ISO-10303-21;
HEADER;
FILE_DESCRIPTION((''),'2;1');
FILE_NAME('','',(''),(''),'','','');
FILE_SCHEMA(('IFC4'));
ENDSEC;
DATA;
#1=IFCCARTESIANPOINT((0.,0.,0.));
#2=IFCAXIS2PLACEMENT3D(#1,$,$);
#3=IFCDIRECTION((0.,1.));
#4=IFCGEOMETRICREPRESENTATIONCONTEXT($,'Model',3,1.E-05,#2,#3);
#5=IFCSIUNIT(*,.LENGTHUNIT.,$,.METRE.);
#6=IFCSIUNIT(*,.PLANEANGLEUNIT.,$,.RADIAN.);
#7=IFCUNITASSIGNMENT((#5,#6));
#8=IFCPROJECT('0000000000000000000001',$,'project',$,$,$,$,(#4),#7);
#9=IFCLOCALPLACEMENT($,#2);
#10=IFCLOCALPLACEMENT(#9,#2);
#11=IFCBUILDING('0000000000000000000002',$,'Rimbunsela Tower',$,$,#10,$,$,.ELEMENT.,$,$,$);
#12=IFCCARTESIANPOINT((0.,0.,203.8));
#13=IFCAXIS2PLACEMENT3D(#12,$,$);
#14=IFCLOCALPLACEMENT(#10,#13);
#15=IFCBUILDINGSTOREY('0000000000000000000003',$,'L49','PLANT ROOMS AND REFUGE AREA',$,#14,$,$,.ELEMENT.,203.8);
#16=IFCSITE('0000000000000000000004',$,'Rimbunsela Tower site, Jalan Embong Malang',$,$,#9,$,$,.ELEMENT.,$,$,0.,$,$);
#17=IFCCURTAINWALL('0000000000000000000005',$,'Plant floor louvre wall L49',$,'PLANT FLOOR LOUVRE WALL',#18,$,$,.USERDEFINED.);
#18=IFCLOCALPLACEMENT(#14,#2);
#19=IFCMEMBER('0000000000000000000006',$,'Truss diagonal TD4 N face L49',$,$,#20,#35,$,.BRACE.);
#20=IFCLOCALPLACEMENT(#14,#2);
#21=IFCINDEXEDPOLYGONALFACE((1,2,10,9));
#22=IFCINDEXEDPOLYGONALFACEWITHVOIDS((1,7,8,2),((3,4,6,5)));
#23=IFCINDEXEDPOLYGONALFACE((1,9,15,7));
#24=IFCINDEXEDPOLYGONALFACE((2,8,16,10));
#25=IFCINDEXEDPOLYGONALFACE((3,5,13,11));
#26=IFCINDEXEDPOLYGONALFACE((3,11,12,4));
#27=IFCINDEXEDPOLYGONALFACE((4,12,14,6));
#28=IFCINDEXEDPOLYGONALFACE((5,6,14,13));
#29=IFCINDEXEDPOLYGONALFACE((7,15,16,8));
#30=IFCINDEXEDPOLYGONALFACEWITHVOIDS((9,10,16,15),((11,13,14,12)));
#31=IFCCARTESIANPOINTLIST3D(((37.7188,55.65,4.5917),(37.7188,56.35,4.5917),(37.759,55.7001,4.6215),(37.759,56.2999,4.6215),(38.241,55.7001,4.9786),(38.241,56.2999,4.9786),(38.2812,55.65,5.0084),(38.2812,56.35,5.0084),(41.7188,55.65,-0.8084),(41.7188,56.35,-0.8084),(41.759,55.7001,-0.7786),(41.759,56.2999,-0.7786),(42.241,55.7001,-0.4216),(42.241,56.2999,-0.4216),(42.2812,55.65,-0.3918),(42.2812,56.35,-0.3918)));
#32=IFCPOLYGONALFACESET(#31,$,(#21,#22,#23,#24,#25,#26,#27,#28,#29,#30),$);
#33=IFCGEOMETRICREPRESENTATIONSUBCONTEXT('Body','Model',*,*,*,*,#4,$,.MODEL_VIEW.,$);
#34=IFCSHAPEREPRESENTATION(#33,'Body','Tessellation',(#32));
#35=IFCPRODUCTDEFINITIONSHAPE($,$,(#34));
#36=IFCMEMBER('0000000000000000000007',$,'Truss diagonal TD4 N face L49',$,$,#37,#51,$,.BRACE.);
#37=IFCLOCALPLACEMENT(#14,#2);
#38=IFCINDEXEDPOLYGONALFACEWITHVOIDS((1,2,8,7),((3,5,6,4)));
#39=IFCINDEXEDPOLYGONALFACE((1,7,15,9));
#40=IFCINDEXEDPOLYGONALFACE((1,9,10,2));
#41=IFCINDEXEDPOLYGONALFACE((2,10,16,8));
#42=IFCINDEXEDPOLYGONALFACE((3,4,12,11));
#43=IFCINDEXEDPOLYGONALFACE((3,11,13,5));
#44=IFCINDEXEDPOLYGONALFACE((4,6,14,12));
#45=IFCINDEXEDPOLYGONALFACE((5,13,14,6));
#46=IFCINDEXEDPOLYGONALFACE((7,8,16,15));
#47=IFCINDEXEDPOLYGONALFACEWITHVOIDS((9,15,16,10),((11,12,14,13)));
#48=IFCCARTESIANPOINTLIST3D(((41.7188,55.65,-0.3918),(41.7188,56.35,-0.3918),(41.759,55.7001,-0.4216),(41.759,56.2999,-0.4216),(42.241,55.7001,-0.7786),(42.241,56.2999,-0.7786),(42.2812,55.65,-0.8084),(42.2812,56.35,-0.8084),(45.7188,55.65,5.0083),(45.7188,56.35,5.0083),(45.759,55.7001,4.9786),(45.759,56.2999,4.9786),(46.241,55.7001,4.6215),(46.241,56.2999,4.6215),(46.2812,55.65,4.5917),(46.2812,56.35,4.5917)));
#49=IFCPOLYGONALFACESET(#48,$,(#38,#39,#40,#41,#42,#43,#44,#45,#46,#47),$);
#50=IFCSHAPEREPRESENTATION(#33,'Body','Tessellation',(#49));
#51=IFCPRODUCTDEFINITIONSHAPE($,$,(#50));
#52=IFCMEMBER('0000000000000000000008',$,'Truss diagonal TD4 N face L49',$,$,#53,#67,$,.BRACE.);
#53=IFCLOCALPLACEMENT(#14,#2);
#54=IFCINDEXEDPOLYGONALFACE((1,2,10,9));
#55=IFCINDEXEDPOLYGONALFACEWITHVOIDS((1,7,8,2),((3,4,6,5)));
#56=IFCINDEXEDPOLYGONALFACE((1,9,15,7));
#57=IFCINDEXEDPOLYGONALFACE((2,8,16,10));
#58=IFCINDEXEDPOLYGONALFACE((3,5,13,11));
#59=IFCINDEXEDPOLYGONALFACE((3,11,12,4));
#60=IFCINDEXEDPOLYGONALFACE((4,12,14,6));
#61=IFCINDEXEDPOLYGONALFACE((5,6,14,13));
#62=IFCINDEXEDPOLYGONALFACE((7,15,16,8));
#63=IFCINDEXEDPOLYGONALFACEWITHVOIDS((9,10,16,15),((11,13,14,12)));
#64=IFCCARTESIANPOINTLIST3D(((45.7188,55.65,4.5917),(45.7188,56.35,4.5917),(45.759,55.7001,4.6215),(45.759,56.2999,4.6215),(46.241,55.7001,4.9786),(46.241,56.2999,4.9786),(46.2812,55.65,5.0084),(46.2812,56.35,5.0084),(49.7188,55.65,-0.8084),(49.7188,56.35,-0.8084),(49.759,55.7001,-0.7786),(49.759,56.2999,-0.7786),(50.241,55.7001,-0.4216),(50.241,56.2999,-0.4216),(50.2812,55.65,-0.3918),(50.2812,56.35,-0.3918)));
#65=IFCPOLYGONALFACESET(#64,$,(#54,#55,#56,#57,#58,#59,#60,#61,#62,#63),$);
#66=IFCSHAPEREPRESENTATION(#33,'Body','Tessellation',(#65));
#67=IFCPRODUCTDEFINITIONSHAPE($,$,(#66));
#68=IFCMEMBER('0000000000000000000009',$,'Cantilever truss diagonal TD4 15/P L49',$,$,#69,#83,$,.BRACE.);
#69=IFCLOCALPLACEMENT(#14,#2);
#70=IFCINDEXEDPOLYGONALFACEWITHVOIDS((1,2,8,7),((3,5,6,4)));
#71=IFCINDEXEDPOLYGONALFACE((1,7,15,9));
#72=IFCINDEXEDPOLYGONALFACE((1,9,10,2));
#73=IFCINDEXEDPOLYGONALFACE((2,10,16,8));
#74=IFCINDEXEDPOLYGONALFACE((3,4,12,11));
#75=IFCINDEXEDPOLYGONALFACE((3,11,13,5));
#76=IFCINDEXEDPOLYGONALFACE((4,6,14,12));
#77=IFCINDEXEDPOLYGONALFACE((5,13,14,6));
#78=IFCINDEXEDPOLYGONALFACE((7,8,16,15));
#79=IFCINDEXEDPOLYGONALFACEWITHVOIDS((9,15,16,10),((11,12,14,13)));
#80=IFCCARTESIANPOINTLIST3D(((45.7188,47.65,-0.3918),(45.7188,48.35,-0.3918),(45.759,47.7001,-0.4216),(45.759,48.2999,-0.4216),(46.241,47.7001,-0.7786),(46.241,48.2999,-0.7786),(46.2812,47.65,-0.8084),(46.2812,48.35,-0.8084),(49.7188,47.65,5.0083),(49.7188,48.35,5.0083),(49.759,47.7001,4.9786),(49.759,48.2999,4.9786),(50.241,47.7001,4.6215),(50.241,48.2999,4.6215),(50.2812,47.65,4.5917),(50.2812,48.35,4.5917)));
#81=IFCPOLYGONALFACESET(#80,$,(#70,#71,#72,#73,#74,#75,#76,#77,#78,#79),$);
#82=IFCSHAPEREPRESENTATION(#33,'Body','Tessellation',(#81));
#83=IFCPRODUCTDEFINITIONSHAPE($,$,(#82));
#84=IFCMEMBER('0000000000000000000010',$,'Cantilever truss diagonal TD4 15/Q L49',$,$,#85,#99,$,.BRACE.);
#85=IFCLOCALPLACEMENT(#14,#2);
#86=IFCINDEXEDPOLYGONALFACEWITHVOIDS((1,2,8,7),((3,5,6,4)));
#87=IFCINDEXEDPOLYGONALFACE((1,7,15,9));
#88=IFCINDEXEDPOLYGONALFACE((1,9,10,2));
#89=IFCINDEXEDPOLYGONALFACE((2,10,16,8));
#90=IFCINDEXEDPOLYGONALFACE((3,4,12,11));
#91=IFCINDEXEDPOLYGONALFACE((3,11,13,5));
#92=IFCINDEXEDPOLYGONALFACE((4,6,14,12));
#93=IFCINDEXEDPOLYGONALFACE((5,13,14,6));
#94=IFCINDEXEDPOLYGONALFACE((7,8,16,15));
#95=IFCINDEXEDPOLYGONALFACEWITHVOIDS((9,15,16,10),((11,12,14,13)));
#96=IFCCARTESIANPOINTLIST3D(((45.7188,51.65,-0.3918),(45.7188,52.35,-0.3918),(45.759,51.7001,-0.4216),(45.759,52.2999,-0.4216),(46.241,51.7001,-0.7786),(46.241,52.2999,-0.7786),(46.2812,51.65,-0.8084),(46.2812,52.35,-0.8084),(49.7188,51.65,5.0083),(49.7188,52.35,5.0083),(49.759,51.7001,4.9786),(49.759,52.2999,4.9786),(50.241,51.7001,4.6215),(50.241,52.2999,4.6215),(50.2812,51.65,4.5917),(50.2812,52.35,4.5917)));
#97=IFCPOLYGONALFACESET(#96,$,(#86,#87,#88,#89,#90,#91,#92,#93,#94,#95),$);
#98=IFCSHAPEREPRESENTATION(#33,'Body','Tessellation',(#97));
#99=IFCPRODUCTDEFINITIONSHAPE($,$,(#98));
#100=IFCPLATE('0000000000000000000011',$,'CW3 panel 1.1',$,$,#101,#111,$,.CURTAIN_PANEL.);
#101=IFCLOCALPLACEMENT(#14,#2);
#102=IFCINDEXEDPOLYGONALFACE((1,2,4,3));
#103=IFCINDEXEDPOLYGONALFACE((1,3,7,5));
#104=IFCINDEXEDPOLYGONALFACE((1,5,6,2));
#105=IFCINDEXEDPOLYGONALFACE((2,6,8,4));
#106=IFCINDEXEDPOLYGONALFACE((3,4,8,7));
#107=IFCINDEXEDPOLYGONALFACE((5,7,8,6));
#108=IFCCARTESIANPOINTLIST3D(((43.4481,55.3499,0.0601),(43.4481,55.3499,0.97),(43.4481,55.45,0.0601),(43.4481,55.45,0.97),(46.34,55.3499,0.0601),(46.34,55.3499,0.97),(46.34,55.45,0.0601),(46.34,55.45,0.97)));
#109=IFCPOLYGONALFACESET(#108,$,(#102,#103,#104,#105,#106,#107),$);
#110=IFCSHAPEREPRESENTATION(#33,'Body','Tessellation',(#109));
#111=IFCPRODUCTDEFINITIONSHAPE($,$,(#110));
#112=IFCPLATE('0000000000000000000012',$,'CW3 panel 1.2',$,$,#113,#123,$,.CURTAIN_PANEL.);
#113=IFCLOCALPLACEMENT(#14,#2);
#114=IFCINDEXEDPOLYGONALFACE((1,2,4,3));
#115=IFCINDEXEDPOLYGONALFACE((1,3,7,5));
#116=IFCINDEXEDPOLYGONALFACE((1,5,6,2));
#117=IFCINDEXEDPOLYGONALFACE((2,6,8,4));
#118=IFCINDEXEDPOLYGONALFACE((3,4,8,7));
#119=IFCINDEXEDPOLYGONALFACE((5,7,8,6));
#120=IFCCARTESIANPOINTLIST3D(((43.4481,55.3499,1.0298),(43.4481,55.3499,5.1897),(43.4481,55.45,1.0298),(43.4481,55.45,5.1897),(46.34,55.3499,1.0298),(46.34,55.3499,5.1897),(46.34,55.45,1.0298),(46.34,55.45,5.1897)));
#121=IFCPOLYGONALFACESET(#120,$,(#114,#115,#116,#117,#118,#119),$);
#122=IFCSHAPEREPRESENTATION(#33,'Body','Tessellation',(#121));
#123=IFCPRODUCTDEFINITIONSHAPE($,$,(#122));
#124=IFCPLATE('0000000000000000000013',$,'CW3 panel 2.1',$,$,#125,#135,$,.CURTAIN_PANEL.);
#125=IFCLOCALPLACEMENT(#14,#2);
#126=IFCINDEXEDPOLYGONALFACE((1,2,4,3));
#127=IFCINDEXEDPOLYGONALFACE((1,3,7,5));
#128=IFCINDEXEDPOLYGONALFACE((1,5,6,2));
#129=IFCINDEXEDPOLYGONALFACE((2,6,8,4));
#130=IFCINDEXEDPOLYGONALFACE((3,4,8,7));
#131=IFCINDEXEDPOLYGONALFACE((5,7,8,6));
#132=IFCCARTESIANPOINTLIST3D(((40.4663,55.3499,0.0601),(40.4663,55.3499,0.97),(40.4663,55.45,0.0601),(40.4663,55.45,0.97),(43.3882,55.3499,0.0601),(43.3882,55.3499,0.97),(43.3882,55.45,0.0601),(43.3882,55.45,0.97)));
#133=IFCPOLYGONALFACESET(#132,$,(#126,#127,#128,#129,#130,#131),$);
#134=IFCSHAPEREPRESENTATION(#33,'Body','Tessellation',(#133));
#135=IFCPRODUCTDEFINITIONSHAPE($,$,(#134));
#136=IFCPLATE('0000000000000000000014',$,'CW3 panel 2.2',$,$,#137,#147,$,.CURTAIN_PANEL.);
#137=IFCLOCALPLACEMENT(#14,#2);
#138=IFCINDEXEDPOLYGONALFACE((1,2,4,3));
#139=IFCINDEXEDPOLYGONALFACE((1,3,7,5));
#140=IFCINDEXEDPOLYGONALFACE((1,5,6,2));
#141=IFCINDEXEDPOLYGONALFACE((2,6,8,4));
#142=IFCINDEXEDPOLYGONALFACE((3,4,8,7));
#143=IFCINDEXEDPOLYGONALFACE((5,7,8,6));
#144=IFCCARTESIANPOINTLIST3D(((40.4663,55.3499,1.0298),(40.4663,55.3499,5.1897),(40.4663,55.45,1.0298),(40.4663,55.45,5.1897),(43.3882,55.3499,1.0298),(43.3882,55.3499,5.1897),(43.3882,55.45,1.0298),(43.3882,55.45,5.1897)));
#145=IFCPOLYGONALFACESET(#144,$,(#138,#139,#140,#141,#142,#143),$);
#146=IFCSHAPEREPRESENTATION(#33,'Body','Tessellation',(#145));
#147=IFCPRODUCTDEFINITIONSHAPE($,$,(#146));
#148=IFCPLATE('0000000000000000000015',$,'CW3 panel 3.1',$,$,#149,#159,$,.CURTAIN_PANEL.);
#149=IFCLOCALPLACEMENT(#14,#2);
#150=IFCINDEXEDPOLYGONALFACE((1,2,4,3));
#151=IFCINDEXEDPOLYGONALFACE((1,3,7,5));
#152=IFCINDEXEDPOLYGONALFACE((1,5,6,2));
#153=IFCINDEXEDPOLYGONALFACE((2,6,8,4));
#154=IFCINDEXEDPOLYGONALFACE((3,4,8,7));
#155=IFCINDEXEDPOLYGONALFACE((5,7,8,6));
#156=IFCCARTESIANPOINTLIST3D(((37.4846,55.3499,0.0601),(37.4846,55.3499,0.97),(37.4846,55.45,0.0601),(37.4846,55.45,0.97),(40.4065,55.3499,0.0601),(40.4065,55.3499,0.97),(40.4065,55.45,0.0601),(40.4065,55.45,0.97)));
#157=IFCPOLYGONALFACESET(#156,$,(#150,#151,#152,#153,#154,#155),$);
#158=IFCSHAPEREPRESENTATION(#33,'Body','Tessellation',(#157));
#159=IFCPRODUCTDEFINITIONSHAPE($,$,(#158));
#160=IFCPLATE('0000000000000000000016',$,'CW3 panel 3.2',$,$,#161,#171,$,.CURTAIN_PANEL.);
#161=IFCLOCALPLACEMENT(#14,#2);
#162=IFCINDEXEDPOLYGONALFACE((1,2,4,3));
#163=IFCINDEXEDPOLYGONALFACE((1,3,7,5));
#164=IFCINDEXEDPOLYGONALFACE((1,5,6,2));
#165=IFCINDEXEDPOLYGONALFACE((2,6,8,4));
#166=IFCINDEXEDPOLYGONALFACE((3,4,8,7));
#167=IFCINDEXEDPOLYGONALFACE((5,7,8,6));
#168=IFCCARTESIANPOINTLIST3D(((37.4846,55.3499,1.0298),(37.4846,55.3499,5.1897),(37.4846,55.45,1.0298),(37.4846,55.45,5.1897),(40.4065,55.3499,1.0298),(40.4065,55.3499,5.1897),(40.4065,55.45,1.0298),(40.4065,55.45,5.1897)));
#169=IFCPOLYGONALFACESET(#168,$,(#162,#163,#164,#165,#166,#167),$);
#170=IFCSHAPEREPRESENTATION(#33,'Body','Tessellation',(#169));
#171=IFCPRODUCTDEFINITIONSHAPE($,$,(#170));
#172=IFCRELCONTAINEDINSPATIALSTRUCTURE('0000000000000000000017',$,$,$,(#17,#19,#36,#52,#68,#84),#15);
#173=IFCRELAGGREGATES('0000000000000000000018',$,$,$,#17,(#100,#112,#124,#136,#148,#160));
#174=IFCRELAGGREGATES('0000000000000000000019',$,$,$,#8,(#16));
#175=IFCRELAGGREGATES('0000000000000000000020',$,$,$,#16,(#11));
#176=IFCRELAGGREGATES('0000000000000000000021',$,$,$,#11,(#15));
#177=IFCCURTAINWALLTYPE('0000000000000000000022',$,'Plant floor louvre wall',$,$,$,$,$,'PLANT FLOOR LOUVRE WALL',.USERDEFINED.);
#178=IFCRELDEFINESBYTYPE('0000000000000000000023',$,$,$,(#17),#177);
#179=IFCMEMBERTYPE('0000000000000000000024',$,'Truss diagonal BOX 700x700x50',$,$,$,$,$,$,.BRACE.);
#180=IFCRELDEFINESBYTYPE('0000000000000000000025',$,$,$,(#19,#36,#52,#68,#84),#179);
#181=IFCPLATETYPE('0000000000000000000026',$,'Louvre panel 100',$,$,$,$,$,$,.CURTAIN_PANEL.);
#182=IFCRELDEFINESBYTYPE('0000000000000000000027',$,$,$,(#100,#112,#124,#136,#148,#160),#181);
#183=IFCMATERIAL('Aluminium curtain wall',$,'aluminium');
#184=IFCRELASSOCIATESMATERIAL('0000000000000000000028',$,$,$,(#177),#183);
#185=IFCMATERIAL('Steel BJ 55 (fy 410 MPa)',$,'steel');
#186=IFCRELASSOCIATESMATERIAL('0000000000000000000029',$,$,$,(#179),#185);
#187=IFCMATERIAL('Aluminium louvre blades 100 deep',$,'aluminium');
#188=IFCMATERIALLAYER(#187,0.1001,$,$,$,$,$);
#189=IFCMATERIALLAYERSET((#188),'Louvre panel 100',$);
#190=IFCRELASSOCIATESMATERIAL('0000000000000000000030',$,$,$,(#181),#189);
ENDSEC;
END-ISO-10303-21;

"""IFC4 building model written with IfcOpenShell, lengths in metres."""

from ifc_helpers import new_model, si_unit, direction, frame, origin, origin_2d, place, context, subcontext, project, spatial, rectangle, hollow_rectangle, extrude, material, layer, layer_set, material_profile, profile_set, type_object, element, aggregate, save


model = new_model("IFC4")

# Units and contexts
model_context = context("Model", 3, precision=1e-05, world=origin(), true_north=direction((0.0, 1.0)))
body_context = subcontext(model_context, "Body", "Model", "MODEL_VIEW")
ifc_project = project(units=[si_unit("LENGTHUNIT", "METRE"), si_unit("PLANEANGLEUNIT", "RADIAN")], contexts=[model_context])

# Site, building, storey
site_placement = place(None, origin())
site = spatial("IfcSite", under=ifc_project, at=site_placement, Name="Rimbunsela Tower site, Jalan Embong Malang", CompositionType="ELEMENT", RefElevation=0.0)
building_placement = place(site_placement, origin())
building = spatial("IfcBuilding", under=site, at=building_placement, Name="Rimbunsela Tower", CompositionType="ELEMENT")
storey_placement = place(building_placement, frame((0.0, 0.0, 203.8)))
storey = spatial("IfcBuildingStorey", under=building, at=storey_placement, Name="L49", Description="PLANT ROOMS AND REFUGE AREA", CompositionType="ELEMENT", Elevation=203.8)

# Curtain wall
ifc_material_1 = material(Name="Aluminium curtain wall", Category="aluminium")
curtain_wall_type = type_object("IfcCurtainWallType", Name="Plant floor louvre wall", ElementType="PLANT FLOOR LOUVRE WALL", PredefinedType="USERDEFINED", material=ifc_material_1)
curtain_wall_placement = place(storey_placement, origin())
curtain_wall = element("IfcCurtainWall", 1, at=curtain_wall_placement, inside=storey, type_object=curtain_wall_type, Name="Plant floor louvre wall L49", ObjectType="PLANT FLOOR LOUVRE WALL", PredefinedType="USERDEFINED")

# Members
ifc_material_2 = material(Name="Steel BJ 55 (fy 410 MPa)", Category="steel")
ifc_material_profile_1 = material_profile(ifc_material_2, hollow_rectangle(XDim=0.7, YDim=0.7, WallThickness=0.05, at=origin_2d()), Name="BOX 700x700x50")
ifc_profile_set_1 = profile_set([ifc_material_profile_1], Name="Steel BJ 55 (fy 410 MPa)")
member_type_1 = type_object("IfcMemberType", Name="Truss diagonal BOX 700x700x50", PredefinedType="BRACE", material=ifc_profile_set_1)
for number, where, z_axis, x_axis, name in (
    (2, (38.0, 56.0, 4.8), (0.595217, 0.0, -0.803565), (0.0, 1.0, 0.0), "Truss diagonal TD4 N face L49"),
    (3, (42.0, 56.0, -0.6001), (0.595217, 0.0, 0.803565), (0.0, 1.0, 0.0), "Truss diagonal TD4 N face L49"),
    (4, (46.0, 56.0, 4.8), (0.595217, 0.0, -0.803565), (0.0, 1.0, 0.0), "Truss diagonal TD4 N face L49"),
    (5, (46.0, 48.0, -0.6001), (0.595217, 0.0, 0.803565), (0.0, 1.0, 0.0), "Cantilever truss diagonal TD4 15/P L49"),
    (6, (46.0, 52.0, -0.6001), (0.595217, 0.0, 0.803565), (0.0, 1.0, 0.0), "Cantilever truss diagonal TD4 15/Q L49"),
):
    element("IfcMember", number, at=place(storey_placement, frame(where, z_axis=z_axis, x_axis=x_axis)), inside=storey, type_object=member_type_1, Name=name, PredefinedType="BRACE", context=body_context, shape_type="SweptSolid", body=[
        extrude(hollow_rectangle(XDim=0.7, YDim=0.7, WallThickness=0.05, at=origin_2d()), origin(), (0.0, 0.0, 1.0), 6.7202),
    ])

# Plates
ifc_material_3 = material(Name="Aluminium louvre blades 100 deep", Category="aluminium")
ifc_layer = layer(ifc_material_3, 0.1001)
ifc_layer_set = layer_set([ifc_layer], Name="Louvre panel 100")
plate_type = type_object("IfcPlateType", Name="Louvre panel 100", PredefinedType="CURTAIN_PANEL", material=ifc_layer_set)
plate_1_placement = place(storey_placement, frame((44.894, 55.3999, 0.0601), z_axis=(0.0, 0.0, 1.0), x_axis=(-1.0, 0.0, 0.0)))
plate_1 = element("IfcPlate", 7, at=plate_1_placement, type_object=plate_type, Name="CW3 panel 1.1", PredefinedType="CURTAIN_PANEL", context=body_context, shape_type="SweptSolid", body=[
    extrude(rectangle(XDim=2.8918, YDim=0.1001, at=origin_2d()), origin(), (0.0, 0.0, 1.0), 0.9099),
])
plate_2_placement = place(storey_placement, frame((44.894, 55.3999, 1.0298), z_axis=(0.0, 0.0, 1.0), x_axis=(-1.0, 0.0, 0.0)))
plate_2 = element("IfcPlate", 8, at=plate_2_placement, type_object=plate_type, Name="CW3 panel 1.2", PredefinedType="CURTAIN_PANEL", context=body_context, shape_type="SweptSolid", body=[
    extrude(rectangle(XDim=2.8918, YDim=0.1001, at=origin_2d()), origin(), (0.0, 0.0, 1.0), 4.1599),
])
plate_3_placement = place(storey_placement, frame((41.9272, 55.3999, 0.0601), z_axis=(0.0, 0.0, 1.0), x_axis=(-1.0, 0.0, 0.0)))
plate_3 = element("IfcPlate", 9, at=plate_3_placement, type_object=plate_type, Name="CW3 panel 2.1", PredefinedType="CURTAIN_PANEL", context=body_context, shape_type="SweptSolid", body=[
    extrude(rectangle(XDim=2.9219, YDim=0.1001, at=origin_2d()), origin(), (0.0, 0.0, 1.0), 0.9099),
])
plate_4_placement = place(storey_placement, frame((41.9272, 55.3999, 1.0298), z_axis=(0.0, 0.0, 1.0), x_axis=(-1.0, 0.0, 0.0)))
plate_4 = element("IfcPlate", 10, at=plate_4_placement, type_object=plate_type, Name="CW3 panel 2.2", PredefinedType="CURTAIN_PANEL", context=body_context, shape_type="SweptSolid", body=[
    extrude(rectangle(XDim=2.9219, YDim=0.1001, at=origin_2d()), origin(), (0.0, 0.0, 1.0), 4.1599),
])
plate_5_placement = place(storey_placement, frame((38.9456, 55.3999, 0.0601), z_axis=(0.0, 0.0, 1.0), x_axis=(-1.0, 0.0, 0.0)))
plate_5 = element("IfcPlate", 11, at=plate_5_placement, type_object=plate_type, Name="CW3 panel 3.1", PredefinedType="CURTAIN_PANEL", context=body_context, shape_type="SweptSolid", body=[
    extrude(rectangle(XDim=2.9219, YDim=0.1001, at=origin_2d()), origin(), (0.0, 0.0, 1.0), 0.9099),
])
plate_6_placement = place(storey_placement, frame((38.9456, 55.3999, 1.0298), z_axis=(0.0, 0.0, 1.0), x_axis=(-1.0, 0.0, 0.0)))
plate_6 = element("IfcPlate", 12, at=plate_6_placement, type_object=plate_type, Name="CW3 panel 3.2", PredefinedType="CURTAIN_PANEL", context=body_context, shape_type="SweptSolid", body=[
    extrude(rectangle(XDim=2.9219, YDim=0.1001, at=origin_2d()), origin(), (0.0, 0.0, 1.0), 4.1599),
])
aggregate(curtain_wall, [plate_1, plate_2, plate_3, plate_4, plate_5, plate_6])

save(model, "model.ifc")
